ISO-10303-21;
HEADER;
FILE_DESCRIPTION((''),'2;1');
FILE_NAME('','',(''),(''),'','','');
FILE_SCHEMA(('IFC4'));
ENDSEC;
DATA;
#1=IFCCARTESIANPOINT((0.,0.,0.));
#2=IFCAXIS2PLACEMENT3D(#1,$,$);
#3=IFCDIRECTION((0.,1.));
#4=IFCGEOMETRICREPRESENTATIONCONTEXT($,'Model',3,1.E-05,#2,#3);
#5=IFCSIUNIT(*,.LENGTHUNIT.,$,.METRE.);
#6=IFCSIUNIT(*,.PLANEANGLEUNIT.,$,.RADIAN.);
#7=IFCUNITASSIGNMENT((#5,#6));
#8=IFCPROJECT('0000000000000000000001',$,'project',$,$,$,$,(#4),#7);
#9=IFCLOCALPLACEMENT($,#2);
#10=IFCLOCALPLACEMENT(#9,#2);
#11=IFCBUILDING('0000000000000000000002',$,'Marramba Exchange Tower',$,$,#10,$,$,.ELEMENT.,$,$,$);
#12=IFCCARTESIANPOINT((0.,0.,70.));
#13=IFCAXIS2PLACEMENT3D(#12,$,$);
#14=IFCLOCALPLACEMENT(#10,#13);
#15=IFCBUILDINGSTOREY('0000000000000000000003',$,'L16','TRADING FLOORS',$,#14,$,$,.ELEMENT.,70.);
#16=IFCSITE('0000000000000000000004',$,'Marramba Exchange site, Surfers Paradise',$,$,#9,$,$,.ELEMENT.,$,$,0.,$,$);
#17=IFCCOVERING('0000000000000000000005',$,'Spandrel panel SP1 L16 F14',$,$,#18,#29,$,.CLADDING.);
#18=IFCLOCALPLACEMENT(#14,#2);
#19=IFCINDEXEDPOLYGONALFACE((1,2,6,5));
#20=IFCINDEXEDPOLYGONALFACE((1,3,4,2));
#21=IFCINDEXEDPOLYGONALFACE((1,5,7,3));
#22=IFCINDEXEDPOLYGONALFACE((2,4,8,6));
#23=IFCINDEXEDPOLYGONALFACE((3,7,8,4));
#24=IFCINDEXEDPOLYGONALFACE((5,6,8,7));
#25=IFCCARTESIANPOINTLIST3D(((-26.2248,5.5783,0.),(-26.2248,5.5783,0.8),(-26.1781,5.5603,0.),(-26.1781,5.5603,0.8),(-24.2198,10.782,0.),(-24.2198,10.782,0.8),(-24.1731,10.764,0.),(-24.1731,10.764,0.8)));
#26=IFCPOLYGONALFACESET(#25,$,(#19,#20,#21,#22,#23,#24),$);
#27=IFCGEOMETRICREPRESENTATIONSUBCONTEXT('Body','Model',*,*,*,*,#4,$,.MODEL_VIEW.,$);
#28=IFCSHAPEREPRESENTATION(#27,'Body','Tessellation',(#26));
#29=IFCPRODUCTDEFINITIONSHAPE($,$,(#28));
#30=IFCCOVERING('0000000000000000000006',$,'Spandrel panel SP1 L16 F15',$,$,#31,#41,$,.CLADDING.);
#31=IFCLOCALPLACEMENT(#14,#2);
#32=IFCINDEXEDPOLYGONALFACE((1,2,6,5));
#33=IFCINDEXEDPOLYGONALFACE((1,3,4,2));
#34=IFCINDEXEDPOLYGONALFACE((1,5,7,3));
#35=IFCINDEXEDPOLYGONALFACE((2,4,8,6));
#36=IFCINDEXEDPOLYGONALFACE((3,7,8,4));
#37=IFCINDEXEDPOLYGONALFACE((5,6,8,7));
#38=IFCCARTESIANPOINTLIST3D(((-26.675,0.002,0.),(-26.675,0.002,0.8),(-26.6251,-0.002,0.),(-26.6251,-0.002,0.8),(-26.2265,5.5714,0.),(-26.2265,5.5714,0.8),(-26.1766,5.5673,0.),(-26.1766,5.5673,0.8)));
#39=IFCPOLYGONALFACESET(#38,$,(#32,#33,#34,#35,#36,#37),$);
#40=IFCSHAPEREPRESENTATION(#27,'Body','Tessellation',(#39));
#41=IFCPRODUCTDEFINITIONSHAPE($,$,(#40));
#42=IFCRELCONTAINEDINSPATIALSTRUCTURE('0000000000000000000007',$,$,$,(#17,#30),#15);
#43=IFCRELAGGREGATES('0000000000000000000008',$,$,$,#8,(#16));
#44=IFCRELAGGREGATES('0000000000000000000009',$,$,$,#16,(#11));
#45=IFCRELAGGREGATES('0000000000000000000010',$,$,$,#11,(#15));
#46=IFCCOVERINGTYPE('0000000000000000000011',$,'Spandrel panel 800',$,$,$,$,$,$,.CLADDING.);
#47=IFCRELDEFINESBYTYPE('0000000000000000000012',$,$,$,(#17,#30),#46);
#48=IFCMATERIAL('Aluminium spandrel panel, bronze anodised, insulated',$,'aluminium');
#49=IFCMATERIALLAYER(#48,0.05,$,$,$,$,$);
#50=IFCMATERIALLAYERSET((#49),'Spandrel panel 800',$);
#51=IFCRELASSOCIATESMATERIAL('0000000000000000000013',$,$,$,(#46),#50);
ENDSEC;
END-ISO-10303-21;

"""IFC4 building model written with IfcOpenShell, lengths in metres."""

from ifc_helpers import new_model, si_unit, direction, frame, origin, origin_2d, place, context, subcontext, project, spatial, rectangle, extrude, material, layer, layer_set, type_object, element, save


model = new_model("IFC4")

# Units and contexts
model_context = context("Model", 3, precision=1e-05, world=origin(), true_north=direction((0.0, 1.0)))
body_context = subcontext(model_context, "Body", "Model", "MODEL_VIEW")
ifc_project = project(units=[si_unit("LENGTHUNIT", "METRE"), si_unit("PLANEANGLEUNIT", "RADIAN")], contexts=[model_context])

# Site, building, storey
site_placement = place(None, origin())
site = spatial("IfcSite", under=ifc_project, at=site_placement, Name="Marramba Exchange site, Surfers Paradise", CompositionType="ELEMENT", RefElevation=0.0)
building_placement = place(site_placement, origin())
building = spatial("IfcBuilding", under=site, at=building_placement, Name="Marramba Exchange Tower", CompositionType="ELEMENT")
storey_placement = place(building_placement, frame((0.0, 0.0, 70.0)))
storey = spatial("IfcBuildingStorey", under=building, at=storey_placement, Name="L16", Description="TRADING FLOORS", CompositionType="ELEMENT", Elevation=70.0)

# Coverings
ifc_material_1 = material(Name="Aluminium spandrel panel, bronze anodised, insulated", Category="aluminium")
ifc_layer_1 = layer(ifc_material_1, 0.05)
ifc_layer_set_1 = layer_set([ifc_layer_1], Name="Spandrel panel 800")
covering_type = type_object("IfcCoveringType", Name="Spandrel panel 800", PredefinedType="CLADDING", material=ifc_layer_set_1)
covering_1_placement = place(storey_placement, frame((-25.199, 8.1711, 0.0), z_axis=(0.0, 0.0, 1.0), x_axis=(-0.359526, -0.933135, 0.0)))
element("IfcCovering", 1, at=covering_1_placement, inside=storey, type_object=covering_type, Name="Spandrel panel SP1 L16 F14", PredefinedType="CLADDING", context=body_context, shape_type="SweptSolid", body=[
    extrude(rectangle(XDim=5.5767, YDim=0.05, at=origin_2d()), origin(), (0.0, 0.0, 1.0), 0.8),
])
covering_2_placement = place(storey_placement, frame((-26.4258, 2.7847, 0.0), z_axis=(0.0, 0.0, 1.0), x_axis=(-0.080275, -0.996773, 0.0)))
element("IfcCovering", 2, at=covering_2_placement, inside=storey, type_object=covering_type, Name="Spandrel panel SP1 L16 F15", PredefinedType="CLADDING", context=body_context, shape_type="SweptSolid", body=[
    extrude(rectangle(XDim=5.5874, YDim=0.05, at=origin_2d()), origin(), (0.0, 0.0, 1.0), 0.8),
])

save(model, "model.ifc")
